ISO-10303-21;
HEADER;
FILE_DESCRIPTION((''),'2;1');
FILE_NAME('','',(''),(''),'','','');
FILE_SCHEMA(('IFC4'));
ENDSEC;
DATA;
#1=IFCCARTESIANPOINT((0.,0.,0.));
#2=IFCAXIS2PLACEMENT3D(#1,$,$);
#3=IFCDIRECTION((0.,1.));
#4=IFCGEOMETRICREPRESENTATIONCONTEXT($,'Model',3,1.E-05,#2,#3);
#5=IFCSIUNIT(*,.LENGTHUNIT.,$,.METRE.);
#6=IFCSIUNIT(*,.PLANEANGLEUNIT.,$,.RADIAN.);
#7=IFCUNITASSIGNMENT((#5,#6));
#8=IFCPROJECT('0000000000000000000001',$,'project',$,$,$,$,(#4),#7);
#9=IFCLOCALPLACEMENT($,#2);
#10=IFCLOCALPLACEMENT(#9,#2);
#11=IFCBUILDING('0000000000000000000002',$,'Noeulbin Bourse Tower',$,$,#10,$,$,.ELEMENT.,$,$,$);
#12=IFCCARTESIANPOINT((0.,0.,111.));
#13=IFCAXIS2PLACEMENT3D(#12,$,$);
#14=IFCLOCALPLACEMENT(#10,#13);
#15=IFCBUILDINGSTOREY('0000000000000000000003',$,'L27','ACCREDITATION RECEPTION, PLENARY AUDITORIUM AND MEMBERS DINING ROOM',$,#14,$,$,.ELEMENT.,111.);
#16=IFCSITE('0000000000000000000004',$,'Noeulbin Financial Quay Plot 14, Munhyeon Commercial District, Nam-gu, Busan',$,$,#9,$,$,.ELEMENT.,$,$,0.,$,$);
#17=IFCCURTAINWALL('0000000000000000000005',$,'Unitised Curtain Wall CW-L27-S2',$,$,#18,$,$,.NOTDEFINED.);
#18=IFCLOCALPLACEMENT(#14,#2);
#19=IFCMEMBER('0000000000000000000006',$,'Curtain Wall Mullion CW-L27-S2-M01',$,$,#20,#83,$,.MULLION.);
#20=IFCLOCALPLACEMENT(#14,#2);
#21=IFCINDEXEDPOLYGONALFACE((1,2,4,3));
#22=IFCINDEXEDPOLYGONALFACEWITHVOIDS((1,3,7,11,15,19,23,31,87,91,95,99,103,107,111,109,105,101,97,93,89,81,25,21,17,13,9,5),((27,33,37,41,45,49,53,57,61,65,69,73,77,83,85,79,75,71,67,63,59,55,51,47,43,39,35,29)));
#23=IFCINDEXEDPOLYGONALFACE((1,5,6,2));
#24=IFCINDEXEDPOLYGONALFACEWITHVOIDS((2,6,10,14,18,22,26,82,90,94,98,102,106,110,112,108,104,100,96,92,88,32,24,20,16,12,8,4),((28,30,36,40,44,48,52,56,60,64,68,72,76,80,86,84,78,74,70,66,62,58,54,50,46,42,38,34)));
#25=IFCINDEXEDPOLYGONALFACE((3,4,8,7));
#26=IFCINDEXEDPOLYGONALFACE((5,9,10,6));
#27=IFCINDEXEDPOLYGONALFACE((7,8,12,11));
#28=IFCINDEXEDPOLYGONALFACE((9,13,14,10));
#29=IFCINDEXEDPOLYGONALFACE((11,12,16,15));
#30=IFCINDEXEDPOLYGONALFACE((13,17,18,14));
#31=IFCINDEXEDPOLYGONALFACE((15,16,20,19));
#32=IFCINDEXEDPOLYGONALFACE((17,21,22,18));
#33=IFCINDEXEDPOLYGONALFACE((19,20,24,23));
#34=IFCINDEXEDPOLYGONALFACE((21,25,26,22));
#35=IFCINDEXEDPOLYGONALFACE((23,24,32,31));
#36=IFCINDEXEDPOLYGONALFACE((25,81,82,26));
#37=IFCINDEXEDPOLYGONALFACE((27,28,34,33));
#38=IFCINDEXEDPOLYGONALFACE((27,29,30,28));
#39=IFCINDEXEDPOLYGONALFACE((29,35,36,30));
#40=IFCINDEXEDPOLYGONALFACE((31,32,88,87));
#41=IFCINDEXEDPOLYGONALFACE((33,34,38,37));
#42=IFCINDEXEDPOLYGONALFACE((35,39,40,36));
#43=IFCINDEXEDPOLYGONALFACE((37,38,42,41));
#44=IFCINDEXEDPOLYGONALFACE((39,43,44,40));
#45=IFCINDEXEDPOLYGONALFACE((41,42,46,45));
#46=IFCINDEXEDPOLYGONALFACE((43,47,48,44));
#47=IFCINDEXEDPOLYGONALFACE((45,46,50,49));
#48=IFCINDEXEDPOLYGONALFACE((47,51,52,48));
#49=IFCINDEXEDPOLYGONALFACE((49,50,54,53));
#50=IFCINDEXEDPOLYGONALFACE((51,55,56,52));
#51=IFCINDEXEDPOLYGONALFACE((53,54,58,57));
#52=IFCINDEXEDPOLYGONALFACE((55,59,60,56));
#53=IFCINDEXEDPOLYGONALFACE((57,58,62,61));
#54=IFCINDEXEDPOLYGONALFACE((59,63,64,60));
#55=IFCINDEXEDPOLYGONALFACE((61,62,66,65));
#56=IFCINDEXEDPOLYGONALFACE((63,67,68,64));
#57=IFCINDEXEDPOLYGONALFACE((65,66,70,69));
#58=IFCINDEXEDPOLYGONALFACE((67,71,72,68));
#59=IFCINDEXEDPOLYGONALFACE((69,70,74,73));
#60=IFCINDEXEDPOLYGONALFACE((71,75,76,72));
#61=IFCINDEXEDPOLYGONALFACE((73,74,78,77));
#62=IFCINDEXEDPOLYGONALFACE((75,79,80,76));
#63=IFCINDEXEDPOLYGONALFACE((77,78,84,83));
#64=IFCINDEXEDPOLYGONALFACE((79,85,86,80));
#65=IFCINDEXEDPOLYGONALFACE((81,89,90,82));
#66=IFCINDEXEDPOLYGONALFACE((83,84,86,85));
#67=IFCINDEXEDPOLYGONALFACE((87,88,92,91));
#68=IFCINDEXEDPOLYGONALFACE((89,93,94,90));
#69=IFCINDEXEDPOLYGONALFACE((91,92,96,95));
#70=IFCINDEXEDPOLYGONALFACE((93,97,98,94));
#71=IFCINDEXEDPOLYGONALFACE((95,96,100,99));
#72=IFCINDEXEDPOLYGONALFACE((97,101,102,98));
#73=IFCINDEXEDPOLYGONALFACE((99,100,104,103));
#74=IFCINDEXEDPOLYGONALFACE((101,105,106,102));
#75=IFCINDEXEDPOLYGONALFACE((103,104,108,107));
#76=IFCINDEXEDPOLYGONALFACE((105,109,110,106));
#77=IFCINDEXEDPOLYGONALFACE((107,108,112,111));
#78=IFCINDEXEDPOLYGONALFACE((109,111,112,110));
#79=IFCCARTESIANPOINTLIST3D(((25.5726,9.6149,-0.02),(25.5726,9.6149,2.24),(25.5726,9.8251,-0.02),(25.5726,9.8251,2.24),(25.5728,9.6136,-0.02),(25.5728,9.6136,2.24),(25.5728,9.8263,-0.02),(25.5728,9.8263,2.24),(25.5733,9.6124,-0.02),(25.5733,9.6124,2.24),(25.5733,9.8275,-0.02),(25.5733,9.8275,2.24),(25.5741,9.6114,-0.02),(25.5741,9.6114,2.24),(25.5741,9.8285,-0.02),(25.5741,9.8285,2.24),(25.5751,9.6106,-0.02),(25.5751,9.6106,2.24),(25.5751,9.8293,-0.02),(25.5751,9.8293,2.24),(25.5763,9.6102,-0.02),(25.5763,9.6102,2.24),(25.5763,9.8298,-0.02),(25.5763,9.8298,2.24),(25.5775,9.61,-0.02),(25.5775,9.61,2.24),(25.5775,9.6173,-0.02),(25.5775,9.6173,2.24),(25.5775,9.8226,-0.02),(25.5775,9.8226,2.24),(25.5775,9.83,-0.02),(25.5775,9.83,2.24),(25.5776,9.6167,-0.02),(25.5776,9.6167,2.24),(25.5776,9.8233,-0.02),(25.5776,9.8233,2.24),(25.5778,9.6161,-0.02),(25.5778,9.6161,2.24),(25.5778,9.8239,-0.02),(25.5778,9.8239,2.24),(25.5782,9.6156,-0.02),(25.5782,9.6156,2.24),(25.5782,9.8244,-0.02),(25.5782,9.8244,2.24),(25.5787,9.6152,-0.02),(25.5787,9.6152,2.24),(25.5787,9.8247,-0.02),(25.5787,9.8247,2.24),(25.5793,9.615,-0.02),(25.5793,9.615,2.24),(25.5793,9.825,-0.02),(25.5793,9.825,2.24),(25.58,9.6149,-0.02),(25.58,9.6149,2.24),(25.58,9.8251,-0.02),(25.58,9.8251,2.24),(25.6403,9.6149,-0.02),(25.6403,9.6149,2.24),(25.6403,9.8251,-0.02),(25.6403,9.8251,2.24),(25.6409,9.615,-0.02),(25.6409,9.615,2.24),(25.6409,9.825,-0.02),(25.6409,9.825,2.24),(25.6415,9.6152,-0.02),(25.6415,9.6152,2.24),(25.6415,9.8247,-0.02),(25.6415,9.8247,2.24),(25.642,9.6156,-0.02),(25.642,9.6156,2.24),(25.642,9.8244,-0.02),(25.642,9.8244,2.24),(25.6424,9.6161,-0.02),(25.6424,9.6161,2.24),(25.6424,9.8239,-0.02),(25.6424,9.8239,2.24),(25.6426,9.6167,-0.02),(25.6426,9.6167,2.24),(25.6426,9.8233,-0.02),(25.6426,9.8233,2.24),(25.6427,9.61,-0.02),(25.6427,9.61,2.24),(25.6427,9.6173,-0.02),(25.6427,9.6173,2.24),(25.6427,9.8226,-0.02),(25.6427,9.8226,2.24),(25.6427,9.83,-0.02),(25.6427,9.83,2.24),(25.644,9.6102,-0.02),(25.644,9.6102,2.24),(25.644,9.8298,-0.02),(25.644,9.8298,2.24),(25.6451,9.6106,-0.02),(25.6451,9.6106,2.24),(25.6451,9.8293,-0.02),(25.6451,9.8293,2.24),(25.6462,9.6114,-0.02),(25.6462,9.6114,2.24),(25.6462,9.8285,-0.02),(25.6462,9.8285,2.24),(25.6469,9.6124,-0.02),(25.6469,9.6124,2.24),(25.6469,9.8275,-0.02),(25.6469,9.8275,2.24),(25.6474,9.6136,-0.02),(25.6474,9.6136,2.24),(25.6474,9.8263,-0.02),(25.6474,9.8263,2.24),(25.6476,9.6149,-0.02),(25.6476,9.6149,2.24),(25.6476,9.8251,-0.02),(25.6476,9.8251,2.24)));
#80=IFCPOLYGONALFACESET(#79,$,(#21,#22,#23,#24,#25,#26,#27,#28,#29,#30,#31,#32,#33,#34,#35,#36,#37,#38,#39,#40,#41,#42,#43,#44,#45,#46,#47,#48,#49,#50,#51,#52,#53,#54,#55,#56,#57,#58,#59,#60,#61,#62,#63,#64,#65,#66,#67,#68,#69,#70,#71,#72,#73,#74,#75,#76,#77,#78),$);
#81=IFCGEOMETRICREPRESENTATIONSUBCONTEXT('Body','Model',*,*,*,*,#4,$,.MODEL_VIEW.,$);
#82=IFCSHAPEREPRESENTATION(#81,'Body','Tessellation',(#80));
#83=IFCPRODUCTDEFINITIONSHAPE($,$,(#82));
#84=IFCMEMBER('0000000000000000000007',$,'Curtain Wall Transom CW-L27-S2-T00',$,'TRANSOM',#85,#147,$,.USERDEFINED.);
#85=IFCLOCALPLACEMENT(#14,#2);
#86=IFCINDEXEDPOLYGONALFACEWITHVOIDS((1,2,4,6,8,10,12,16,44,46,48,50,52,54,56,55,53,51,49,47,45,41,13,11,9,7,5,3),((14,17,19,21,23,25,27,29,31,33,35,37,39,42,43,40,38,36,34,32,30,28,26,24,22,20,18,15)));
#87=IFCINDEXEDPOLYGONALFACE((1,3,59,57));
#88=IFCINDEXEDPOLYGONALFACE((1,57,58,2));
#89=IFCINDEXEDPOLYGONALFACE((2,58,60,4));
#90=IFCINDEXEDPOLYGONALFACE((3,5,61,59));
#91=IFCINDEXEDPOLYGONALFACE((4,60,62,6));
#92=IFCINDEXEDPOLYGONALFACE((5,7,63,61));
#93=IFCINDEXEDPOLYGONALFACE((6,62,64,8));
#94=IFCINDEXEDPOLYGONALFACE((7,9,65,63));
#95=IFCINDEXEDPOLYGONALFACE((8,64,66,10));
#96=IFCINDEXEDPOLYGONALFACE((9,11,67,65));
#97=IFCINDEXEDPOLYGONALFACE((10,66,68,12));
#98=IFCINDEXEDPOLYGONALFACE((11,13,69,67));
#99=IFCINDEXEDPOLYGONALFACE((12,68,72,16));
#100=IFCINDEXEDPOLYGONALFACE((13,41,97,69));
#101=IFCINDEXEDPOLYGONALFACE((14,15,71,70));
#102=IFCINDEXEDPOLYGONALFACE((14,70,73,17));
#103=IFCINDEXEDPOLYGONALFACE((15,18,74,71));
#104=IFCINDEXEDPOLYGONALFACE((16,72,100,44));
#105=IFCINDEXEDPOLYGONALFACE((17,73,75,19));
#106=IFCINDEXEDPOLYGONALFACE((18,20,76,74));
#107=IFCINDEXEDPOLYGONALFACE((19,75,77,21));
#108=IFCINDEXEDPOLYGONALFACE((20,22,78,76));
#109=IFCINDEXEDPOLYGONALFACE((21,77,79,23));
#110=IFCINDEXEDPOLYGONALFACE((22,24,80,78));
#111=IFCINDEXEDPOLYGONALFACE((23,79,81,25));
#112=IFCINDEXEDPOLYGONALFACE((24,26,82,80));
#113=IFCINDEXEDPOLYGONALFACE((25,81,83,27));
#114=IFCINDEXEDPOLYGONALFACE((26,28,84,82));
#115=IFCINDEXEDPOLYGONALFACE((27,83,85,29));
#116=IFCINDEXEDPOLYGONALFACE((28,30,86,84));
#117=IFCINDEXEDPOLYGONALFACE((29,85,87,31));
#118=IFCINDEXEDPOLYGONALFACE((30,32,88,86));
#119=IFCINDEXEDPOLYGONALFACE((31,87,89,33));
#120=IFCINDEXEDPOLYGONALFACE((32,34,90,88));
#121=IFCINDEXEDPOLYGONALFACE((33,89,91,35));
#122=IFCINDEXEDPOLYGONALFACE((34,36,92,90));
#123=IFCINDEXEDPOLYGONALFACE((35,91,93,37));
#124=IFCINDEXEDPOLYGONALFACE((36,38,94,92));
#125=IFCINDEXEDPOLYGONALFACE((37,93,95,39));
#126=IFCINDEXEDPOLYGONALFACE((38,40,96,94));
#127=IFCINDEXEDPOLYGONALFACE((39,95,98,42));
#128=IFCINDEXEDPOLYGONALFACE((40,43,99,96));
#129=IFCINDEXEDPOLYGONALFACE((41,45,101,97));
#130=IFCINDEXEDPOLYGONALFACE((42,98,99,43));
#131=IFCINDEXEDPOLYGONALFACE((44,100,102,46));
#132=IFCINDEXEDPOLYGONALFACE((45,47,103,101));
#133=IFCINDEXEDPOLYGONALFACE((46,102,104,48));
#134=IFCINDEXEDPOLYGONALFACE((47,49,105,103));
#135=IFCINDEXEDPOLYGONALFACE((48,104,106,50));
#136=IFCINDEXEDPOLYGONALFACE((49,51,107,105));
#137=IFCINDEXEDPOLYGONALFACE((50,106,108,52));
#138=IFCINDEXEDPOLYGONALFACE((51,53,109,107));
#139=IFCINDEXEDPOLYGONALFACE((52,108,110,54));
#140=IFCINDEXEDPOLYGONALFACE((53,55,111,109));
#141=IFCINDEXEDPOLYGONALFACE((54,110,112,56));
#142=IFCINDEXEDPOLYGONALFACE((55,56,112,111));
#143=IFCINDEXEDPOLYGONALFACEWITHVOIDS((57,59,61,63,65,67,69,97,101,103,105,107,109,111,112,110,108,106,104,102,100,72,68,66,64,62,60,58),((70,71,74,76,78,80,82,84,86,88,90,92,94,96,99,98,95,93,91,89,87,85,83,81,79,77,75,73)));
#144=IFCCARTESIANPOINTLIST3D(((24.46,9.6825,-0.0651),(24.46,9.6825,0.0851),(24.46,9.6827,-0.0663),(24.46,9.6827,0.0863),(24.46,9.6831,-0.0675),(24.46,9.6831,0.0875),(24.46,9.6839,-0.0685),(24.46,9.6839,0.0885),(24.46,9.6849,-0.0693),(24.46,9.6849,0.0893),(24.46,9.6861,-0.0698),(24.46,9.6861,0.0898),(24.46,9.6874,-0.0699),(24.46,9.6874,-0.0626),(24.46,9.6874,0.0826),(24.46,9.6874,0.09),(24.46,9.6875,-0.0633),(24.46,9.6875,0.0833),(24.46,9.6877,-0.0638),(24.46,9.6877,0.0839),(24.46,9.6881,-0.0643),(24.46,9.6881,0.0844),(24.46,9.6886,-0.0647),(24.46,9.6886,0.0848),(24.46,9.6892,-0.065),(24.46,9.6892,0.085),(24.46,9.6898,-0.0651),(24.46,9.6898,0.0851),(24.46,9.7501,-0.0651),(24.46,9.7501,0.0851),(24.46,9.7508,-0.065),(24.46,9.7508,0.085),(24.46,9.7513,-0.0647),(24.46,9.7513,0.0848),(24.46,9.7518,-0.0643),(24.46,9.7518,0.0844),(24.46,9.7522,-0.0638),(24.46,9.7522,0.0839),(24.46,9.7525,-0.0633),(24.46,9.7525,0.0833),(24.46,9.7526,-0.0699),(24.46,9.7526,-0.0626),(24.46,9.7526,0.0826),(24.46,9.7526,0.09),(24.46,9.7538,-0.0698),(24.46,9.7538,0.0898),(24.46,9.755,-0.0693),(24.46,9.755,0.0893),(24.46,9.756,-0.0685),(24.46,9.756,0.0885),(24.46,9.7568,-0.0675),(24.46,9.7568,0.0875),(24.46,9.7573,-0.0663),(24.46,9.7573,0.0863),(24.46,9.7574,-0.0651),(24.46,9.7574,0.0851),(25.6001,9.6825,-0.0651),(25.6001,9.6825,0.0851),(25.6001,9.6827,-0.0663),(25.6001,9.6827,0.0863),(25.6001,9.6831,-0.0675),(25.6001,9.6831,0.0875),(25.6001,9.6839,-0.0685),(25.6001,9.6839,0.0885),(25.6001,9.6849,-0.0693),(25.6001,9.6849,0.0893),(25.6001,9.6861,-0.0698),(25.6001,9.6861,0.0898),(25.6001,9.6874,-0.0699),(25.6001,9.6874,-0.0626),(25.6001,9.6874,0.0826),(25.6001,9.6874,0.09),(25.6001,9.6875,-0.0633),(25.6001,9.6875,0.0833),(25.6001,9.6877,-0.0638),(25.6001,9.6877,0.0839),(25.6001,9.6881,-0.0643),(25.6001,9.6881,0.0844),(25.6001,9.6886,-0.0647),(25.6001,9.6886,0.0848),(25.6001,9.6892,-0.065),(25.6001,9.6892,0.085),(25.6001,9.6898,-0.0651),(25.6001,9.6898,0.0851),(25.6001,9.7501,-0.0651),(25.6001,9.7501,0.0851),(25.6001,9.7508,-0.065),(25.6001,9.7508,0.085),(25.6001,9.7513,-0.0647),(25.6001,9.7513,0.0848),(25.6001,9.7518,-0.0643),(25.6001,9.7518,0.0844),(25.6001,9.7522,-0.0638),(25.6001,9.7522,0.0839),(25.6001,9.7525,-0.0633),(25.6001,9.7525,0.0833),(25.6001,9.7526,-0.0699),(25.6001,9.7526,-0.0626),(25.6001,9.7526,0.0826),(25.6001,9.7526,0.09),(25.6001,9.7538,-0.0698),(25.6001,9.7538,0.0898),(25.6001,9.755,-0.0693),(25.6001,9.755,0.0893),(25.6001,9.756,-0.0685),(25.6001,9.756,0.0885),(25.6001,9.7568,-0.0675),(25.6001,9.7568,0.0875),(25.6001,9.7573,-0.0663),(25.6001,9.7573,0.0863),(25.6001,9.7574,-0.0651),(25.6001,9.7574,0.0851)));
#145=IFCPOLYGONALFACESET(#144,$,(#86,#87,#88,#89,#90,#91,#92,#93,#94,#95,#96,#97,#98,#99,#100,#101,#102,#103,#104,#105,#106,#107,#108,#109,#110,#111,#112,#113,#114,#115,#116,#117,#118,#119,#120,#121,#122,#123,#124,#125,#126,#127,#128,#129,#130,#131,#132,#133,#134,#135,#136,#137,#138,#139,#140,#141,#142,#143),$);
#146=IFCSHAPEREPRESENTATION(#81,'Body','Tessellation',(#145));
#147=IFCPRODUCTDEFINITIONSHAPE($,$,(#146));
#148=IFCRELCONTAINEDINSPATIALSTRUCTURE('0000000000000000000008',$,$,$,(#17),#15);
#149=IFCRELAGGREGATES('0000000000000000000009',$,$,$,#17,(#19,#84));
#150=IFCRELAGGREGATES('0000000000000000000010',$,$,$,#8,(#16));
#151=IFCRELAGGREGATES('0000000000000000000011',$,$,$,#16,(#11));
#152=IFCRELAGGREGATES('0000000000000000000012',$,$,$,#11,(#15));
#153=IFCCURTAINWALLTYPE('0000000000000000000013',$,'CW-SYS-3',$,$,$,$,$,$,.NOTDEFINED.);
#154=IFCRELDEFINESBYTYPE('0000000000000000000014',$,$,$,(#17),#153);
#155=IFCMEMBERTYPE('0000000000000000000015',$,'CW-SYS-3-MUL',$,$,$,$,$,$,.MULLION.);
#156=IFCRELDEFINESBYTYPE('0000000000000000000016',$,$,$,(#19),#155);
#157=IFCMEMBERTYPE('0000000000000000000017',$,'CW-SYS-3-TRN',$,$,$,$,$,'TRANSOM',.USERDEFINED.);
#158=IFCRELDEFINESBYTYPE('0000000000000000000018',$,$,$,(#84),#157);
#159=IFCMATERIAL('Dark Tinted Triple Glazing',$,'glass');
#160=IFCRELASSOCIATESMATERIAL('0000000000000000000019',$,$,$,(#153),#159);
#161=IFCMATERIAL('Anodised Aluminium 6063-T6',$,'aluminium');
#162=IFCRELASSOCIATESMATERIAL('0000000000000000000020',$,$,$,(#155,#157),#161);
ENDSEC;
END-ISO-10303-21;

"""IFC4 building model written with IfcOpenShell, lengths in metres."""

from ifc_helpers import new_model, si_unit, direction, frame, origin, origin_2d, place, context, subcontext, project, spatial, hollow_rectangle, extrude, material, material_profile, profile_set, type_object, element, aggregate, save


model = new_model("IFC4")

# Units and contexts
model_context = context("Model", 3, precision=1e-05, world=origin(), true_north=direction((0.0, 1.0)))
body_context = subcontext(model_context, "Body", "Model", "MODEL_VIEW")
ifc_project = project(units=[si_unit("LENGTHUNIT", "METRE"), si_unit("PLANEANGLEUNIT", "RADIAN")], contexts=[model_context])

# Site, building, storey
site_placement = place(None, origin())
site = spatial("IfcSite", under=ifc_project, at=site_placement, Name="Noeulbin Financial Quay Plot 14, Munhyeon Commercial District, Nam-gu, Busan", CompositionType="ELEMENT", RefElevation=0.0)
building_placement = place(site_placement, origin())
building = spatial("IfcBuilding", under=site, at=building_placement, Name="Noeulbin Bourse Tower", CompositionType="ELEMENT")
storey_placement = place(building_placement, frame((0.0, 0.0, 111.0)))
storey = spatial("IfcBuildingStorey", under=building, at=storey_placement, Name="L27", Description="ACCREDITATION RECEPTION, PLENARY AUDITORIUM AND MEMBERS DINING ROOM", CompositionType="ELEMENT", Elevation=111.0)

# Shared definitions
ifc_material_1 = material(Name="Dark Tinted Triple Glazing", Category="glass")
curtain_wall_type = type_object("IfcCurtainWallType", Name="CW-SYS-3", PredefinedType="NOTDEFINED", material=ifc_material_1)
ifc_material_2 = material(Name="Anodised Aluminium 6063-T6", Category="aluminium")
ifc_material_profile_1 = material_profile(ifc_material_2, hollow_rectangle(XDim=0.075, YDim=0.22, WallThickness=0.0049, InnerFilletRadius=0.0024, OuterFilletRadius=0.0049, at=origin_2d()), Name="ALU-MULL-75x220x5", Category="LoadBearing")
ifc_profile_set_1 = profile_set([ifc_material_profile_1], Name="Anodised Aluminium 6063-T6")
member_type_1 = type_object("IfcMemberType", Name="CW-SYS-3-MUL", PredefinedType="MULLION", material=ifc_profile_set_1)

# Curtain wall, members
curtain_wall_1_placement = place(storey_placement, origin())
curtain_wall_1 = element("IfcCurtainWall", 1, at=curtain_wall_1_placement, inside=storey, type_object=curtain_wall_type, Name="Unitised Curtain Wall CW-L27-S2", PredefinedType="NOTDEFINED")
member_1_placement = place(storey_placement, frame((25.6101, 9.72, -0.02), z_axis=(0.0, 0.0, 1.0), x_axis=(1.0, 0.0, 0.0)))
member_1 = element("IfcMember", 2, at=member_1_placement, type_object=member_type_1, Name="Curtain Wall Mullion CW-L27-S2-M01", PredefinedType="MULLION", context=body_context, shape_type="SweptSolid", body=[
    extrude(hollow_rectangle(XDim=0.075, YDim=0.22, WallThickness=0.0049, InnerFilletRadius=0.0024, OuterFilletRadius=0.0049, at=origin_2d()), origin(), (0.0, 0.0, 1.0), 2.26),
])
ifc_material_profile_2 = material_profile(ifc_material_2, hollow_rectangle(XDim=0.075, YDim=0.1599, WallThickness=0.0049, InnerFilletRadius=0.0024, OuterFilletRadius=0.0049, at=origin_2d()), Name="ALU-TRAN-75x160x5", Category="LoadBearing")
ifc_profile_set_2 = profile_set([ifc_material_profile_2], Name="Anodised Aluminium 6063-T6")
member_type_2 = type_object("IfcMemberType", Name="CW-SYS-3-TRN", ElementType="TRANSOM", PredefinedType="USERDEFINED", material=ifc_profile_set_2)
member_2_placement = place(storey_placement, frame((24.46, 9.72, 0.01), z_axis=(1.0, 0.0, 0.0), x_axis=(0.0, 1.0, 0.0)))
member_2 = element("IfcMember", 3, at=member_2_placement, type_object=member_type_2, Name="Curtain Wall Transom CW-L27-S2-T00", ObjectType="TRANSOM", PredefinedType="USERDEFINED", context=body_context, shape_type="SweptSolid", body=[
    extrude(hollow_rectangle(XDim=0.075, YDim=0.1599, WallThickness=0.0049, InnerFilletRadius=0.0024, OuterFilletRadius=0.0049, at=origin_2d()), origin(), (0.0, 0.0, 1.0), 1.1401),
])

aggregate(curtain_wall_1, [member_1, member_2])

save(model, "model.ifc")
